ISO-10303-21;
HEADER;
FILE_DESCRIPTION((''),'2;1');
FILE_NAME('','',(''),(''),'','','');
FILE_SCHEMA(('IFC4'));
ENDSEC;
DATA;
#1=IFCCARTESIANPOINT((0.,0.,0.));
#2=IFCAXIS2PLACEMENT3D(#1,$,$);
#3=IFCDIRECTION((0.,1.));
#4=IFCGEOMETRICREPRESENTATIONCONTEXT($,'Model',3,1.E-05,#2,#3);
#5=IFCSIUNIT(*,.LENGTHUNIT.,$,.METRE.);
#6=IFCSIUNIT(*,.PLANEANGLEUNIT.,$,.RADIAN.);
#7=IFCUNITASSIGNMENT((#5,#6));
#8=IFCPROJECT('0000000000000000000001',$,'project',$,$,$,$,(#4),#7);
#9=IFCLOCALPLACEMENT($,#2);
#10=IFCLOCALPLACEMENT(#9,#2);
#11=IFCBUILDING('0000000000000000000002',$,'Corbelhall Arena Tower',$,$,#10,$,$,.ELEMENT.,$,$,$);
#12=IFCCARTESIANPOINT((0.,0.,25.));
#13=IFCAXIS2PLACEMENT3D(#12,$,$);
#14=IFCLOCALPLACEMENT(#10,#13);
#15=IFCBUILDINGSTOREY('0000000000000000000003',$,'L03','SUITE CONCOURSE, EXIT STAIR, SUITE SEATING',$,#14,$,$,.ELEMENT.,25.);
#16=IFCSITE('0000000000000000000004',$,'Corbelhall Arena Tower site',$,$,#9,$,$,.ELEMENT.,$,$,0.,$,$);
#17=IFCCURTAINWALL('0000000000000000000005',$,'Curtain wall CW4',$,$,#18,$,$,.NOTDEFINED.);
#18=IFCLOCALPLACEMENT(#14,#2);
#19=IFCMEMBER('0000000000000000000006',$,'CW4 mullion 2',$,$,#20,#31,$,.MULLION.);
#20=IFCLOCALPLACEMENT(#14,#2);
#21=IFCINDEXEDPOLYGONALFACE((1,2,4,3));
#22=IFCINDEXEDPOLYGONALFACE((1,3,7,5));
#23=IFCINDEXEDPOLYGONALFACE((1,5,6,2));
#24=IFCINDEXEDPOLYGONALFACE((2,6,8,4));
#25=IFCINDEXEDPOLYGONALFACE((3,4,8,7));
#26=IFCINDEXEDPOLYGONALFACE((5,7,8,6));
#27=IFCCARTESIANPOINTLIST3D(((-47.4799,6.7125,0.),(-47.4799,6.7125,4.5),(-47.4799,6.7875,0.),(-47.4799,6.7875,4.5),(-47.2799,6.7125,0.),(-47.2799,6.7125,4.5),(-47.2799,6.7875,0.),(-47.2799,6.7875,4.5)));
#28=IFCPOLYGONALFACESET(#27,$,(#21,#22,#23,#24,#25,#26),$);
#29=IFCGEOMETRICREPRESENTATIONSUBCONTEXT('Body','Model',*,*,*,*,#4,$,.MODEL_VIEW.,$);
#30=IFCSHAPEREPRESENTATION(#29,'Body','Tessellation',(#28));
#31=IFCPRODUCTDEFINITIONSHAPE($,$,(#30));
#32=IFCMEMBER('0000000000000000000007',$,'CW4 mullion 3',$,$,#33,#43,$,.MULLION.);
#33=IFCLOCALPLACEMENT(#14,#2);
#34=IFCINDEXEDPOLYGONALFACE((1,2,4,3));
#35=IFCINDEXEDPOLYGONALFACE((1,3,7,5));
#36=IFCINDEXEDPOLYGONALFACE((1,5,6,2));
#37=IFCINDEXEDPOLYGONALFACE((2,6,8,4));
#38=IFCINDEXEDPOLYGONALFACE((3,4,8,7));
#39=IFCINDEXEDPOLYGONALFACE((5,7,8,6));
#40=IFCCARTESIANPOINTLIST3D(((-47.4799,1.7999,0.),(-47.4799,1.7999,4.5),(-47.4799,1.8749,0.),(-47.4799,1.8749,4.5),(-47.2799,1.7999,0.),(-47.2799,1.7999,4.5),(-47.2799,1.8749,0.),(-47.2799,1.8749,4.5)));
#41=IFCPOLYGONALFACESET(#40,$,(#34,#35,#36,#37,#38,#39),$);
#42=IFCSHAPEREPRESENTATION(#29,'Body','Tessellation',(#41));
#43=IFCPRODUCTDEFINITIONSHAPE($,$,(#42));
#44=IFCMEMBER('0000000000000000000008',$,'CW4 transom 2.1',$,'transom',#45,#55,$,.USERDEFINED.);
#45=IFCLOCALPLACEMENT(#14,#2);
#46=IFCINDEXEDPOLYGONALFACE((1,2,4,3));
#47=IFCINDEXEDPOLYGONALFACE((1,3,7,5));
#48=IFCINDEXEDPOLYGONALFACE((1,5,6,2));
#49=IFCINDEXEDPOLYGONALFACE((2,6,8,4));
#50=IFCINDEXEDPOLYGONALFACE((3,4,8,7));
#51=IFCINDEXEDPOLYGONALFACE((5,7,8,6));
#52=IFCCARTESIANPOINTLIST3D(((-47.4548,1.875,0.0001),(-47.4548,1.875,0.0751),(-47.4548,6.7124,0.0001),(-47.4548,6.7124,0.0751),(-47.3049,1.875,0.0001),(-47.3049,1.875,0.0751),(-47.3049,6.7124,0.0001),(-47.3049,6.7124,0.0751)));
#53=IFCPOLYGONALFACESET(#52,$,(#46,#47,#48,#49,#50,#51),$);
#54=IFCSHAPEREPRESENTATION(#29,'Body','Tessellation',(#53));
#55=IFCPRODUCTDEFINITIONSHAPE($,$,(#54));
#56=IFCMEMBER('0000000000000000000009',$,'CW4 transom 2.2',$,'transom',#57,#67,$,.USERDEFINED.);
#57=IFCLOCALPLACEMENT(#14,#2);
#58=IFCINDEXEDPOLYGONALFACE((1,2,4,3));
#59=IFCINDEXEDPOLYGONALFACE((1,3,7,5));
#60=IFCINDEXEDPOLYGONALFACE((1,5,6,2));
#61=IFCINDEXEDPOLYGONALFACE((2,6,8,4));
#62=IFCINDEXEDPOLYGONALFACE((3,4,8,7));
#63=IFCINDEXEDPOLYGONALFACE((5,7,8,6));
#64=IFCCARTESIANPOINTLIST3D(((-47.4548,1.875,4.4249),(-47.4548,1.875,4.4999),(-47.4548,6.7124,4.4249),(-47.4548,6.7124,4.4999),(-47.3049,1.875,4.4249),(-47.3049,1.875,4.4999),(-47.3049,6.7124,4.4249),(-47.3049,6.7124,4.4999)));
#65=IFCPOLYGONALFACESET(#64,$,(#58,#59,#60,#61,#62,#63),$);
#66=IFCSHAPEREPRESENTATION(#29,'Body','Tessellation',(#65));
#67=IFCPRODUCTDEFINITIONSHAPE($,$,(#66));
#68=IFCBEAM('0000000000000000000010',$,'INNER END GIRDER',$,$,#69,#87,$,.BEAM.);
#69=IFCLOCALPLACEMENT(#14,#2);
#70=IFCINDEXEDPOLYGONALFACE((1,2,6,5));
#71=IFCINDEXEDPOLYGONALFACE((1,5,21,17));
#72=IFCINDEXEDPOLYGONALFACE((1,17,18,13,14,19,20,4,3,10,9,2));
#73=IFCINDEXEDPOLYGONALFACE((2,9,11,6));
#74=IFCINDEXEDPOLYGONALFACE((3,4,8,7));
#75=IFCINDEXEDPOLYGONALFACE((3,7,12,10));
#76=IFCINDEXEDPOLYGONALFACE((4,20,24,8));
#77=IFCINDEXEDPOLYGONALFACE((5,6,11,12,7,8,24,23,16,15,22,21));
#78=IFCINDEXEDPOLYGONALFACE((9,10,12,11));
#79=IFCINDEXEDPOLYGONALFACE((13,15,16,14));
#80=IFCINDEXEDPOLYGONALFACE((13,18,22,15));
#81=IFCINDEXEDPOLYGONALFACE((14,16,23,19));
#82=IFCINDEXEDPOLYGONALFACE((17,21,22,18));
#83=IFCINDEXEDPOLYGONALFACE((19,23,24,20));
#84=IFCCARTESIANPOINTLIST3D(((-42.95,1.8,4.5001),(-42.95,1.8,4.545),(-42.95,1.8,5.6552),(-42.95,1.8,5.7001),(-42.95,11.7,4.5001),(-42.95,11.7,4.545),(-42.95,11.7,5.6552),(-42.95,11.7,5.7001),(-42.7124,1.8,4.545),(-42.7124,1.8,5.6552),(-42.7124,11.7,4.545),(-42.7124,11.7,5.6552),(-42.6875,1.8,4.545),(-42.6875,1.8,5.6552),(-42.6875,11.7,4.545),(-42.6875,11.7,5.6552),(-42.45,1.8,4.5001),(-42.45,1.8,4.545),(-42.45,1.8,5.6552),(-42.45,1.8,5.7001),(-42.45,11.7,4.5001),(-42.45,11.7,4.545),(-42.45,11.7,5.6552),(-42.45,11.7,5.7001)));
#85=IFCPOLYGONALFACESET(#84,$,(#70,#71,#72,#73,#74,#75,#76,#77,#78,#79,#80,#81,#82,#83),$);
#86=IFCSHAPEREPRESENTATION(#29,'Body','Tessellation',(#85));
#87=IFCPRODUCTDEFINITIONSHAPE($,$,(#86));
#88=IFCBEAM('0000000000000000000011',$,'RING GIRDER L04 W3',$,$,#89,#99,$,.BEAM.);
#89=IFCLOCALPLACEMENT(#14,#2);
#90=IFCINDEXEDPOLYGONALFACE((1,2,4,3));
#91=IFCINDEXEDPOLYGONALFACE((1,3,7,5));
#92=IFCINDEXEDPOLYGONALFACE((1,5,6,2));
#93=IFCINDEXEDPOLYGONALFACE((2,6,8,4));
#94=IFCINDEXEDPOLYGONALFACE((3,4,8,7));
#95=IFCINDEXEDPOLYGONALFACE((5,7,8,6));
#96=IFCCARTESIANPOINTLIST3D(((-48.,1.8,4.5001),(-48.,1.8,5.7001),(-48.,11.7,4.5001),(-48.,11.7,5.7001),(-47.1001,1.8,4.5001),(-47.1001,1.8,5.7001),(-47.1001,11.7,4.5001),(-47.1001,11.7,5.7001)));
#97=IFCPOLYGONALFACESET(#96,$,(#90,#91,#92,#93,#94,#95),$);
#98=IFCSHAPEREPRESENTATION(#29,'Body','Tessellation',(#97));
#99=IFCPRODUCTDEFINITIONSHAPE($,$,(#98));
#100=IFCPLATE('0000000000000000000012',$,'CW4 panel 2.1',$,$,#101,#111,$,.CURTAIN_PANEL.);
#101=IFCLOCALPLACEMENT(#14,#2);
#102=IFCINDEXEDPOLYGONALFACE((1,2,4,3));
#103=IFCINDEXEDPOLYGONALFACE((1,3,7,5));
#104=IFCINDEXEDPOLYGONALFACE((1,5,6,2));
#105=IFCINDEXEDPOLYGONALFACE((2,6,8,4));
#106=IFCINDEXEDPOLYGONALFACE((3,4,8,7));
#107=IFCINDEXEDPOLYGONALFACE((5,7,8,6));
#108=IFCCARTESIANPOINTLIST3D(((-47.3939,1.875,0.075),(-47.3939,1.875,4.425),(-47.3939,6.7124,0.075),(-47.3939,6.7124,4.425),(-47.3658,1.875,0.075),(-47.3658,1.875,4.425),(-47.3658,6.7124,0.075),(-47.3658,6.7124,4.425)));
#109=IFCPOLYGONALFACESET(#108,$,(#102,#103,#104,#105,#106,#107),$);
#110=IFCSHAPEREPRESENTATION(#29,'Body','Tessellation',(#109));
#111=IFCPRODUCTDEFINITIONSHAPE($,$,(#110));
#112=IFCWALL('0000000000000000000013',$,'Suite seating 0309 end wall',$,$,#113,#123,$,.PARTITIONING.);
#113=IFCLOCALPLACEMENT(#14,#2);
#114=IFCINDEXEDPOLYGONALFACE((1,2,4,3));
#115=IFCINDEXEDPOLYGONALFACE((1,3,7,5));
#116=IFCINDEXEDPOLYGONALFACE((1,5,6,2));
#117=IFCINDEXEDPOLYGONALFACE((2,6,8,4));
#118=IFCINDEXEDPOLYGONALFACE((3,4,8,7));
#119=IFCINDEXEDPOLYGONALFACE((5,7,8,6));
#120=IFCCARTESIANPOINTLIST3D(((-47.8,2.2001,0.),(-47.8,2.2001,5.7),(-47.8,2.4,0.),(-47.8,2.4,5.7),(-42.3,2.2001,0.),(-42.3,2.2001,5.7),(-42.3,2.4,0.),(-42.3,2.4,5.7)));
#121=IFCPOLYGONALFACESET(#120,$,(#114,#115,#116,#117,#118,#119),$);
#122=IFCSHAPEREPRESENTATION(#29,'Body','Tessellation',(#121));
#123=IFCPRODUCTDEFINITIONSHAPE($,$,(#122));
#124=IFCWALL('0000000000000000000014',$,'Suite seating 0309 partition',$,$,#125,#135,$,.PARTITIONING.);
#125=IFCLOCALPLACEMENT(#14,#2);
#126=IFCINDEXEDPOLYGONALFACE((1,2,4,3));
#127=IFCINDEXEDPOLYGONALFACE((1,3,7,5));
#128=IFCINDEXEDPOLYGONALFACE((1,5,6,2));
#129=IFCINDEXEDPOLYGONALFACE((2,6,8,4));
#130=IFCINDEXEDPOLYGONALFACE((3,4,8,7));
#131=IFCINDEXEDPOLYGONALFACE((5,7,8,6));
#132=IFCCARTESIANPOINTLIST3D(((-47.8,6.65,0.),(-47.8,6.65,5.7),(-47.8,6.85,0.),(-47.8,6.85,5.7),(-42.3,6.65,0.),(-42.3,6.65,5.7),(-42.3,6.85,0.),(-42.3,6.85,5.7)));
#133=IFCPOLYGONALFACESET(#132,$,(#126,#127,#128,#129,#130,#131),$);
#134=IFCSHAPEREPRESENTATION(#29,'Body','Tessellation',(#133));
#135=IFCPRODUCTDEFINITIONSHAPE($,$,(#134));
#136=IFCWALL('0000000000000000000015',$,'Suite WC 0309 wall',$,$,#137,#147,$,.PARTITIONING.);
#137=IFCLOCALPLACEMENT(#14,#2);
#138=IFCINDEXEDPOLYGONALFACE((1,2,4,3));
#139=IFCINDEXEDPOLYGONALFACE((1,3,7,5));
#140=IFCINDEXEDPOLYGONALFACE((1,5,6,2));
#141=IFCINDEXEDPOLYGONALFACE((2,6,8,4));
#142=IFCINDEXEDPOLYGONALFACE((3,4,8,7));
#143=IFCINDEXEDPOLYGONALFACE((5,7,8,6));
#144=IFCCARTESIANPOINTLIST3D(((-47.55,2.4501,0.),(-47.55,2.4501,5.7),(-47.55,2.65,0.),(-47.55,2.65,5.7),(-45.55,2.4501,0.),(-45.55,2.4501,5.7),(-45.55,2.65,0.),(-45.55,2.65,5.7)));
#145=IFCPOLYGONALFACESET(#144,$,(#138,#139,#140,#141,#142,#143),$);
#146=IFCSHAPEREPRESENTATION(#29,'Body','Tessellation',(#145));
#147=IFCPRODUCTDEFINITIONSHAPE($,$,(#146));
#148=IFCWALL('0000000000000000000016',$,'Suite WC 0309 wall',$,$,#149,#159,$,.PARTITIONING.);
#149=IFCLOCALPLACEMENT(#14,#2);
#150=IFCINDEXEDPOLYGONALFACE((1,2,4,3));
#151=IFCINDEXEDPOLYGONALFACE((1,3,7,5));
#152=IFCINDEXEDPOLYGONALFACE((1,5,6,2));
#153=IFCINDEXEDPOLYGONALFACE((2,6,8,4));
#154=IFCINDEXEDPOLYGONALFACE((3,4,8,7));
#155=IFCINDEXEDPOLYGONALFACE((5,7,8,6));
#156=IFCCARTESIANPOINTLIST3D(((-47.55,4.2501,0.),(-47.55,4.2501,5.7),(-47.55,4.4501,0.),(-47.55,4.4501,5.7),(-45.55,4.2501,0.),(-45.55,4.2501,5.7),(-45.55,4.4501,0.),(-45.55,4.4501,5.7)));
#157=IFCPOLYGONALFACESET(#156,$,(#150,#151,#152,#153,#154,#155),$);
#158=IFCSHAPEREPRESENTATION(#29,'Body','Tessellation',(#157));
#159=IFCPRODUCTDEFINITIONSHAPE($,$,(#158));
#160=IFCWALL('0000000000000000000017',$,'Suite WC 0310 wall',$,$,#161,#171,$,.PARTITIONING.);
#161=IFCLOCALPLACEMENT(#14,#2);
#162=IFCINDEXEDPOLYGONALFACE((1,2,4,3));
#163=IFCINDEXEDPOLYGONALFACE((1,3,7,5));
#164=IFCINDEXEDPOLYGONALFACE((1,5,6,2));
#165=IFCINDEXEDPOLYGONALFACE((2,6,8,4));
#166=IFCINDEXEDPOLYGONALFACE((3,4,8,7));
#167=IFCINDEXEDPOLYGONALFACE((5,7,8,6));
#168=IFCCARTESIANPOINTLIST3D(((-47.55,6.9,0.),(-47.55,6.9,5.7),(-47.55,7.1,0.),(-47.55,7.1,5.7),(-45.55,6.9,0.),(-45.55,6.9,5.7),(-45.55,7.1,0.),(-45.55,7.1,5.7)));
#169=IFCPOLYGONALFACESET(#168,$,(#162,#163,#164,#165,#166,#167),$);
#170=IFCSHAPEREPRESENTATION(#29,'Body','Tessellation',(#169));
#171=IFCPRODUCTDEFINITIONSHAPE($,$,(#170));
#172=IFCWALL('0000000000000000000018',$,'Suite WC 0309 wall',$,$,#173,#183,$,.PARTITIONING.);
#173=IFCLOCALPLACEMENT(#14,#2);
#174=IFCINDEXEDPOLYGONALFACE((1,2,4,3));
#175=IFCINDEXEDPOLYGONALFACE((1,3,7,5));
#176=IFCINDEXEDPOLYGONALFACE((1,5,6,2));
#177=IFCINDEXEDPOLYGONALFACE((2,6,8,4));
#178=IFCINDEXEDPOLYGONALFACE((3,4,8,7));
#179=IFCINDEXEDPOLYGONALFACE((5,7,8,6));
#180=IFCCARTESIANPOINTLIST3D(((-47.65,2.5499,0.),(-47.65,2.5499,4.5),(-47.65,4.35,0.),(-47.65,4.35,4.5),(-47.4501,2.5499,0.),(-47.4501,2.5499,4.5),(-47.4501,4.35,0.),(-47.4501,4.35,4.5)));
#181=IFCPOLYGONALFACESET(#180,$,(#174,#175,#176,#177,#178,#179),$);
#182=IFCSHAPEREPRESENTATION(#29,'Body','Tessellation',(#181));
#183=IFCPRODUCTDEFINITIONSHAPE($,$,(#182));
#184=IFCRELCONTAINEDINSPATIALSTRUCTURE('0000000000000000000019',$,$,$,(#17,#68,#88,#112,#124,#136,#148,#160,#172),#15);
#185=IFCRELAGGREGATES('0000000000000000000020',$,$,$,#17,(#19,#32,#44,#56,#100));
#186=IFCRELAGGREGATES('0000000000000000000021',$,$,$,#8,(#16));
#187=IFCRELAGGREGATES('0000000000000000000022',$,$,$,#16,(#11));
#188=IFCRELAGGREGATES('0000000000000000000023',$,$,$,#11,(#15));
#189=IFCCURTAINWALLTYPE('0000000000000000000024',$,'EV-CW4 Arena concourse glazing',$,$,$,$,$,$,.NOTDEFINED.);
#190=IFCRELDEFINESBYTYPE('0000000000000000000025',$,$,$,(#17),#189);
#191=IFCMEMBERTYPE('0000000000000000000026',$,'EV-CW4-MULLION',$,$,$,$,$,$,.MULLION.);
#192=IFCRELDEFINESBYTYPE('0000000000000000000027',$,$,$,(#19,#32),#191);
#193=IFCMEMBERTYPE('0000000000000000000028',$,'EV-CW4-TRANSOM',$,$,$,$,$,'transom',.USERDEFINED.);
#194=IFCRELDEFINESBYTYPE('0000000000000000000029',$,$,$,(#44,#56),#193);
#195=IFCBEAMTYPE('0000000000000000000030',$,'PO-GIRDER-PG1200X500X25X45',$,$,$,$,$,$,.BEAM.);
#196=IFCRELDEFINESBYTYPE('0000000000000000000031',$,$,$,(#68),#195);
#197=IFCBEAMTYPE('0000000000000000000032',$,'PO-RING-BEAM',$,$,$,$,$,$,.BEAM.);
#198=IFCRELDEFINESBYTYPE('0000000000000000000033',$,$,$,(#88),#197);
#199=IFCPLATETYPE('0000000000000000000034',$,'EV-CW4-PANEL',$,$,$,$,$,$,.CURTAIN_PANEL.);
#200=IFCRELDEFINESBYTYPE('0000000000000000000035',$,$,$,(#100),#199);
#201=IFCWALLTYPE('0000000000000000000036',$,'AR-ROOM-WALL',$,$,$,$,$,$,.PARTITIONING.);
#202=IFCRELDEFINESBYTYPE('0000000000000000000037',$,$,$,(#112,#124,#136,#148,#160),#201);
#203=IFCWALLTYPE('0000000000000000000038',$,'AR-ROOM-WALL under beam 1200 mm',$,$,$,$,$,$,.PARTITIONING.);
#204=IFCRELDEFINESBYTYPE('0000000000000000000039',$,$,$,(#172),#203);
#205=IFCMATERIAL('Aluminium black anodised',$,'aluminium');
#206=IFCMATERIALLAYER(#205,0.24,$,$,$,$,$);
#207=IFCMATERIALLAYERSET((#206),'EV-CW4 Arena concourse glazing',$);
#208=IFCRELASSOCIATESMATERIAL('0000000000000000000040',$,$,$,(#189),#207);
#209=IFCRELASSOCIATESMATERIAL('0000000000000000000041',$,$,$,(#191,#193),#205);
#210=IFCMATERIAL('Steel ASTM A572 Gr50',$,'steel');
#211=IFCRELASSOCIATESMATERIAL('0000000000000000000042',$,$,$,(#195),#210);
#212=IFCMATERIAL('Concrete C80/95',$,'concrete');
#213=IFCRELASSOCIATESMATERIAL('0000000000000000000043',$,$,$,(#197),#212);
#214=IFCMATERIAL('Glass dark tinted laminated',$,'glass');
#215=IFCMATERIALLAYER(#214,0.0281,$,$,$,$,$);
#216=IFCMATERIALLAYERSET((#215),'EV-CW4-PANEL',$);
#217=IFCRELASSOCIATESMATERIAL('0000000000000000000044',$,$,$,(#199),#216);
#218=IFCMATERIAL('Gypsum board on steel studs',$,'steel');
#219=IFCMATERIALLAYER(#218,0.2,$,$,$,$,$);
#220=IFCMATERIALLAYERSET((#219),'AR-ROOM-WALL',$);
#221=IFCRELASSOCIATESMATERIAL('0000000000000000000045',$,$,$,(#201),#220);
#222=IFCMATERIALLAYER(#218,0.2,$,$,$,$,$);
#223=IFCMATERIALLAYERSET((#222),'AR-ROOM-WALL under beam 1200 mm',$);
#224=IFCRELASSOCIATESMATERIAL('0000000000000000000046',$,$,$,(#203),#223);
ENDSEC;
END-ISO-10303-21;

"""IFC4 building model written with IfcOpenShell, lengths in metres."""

from ifc_helpers import new_model, si_unit, direction, frame, frame_2d, origin, origin_2d, place, context, subcontext, project, spatial, rectangle, i_section, extrude, material, layer, layer_set, material_profile, profile_set, type_object, element, aggregate, save


model = new_model("IFC4")

# Units and contexts
model_context = context("Model", 3, precision=1e-05, world=origin(), true_north=direction((0.0, 1.0)))
body_context = subcontext(model_context, "Body", "Model", "MODEL_VIEW")
ifc_project = project(units=[si_unit("LENGTHUNIT", "METRE"), si_unit("PLANEANGLEUNIT", "RADIAN")], contexts=[model_context])

# Site, building, storey
site_placement = place(None, origin())
site = spatial("IfcSite", under=ifc_project, at=site_placement, Name="Corbelhall Arena Tower site", CompositionType="ELEMENT", RefElevation=0.0)
building_placement = place(site_placement, origin())
building = spatial("IfcBuilding", under=site, at=building_placement, Name="Corbelhall Arena Tower", CompositionType="ELEMENT")
storey_placement = place(building_placement, frame((0.0, 0.0, 25.0)))
storey = spatial("IfcBuildingStorey", under=building, at=storey_placement, Name="L03", Description="SUITE CONCOURSE, EXIT STAIR, SUITE SEATING", CompositionType="ELEMENT", Elevation=25.0)

# Curtain wall, members
ifc_material_1 = material(Name="Aluminium black anodised", Category="aluminium")
ifc_layer_1 = layer(ifc_material_1, 0.24)
ifc_layer_set_1 = layer_set([ifc_layer_1], Name="EV-CW4 Arena concourse glazing")
curtain_wall_type = type_object("IfcCurtainWallType", Name="EV-CW4 Arena concourse glazing", PredefinedType="NOTDEFINED", material=ifc_layer_set_1)
curtain_wall_placement = place(storey_placement, origin())
curtain_wall = element("IfcCurtainWall", 1, at=curtain_wall_placement, inside=storey, type_object=curtain_wall_type, Name="Curtain wall CW4", PredefinedType="NOTDEFINED")
ifc_material_profile_1 = material_profile(ifc_material_1, rectangle(XDim=0.2, YDim=0.075, at=origin_2d()))
ifc_profile_set_1 = profile_set([ifc_material_profile_1], Name="Aluminium black anodised")
member_type_1 = type_object("IfcMemberType", Name="EV-CW4-MULLION", PredefinedType="MULLION", material=ifc_profile_set_1)
member_1_placement = place(storey_placement, frame((-47.3799, 6.75, 0.0), z_axis=(0.0, 0.0, 1.0), x_axis=(1.0, 0.0, 0.0)))
member_1 = element("IfcMember", 2, at=member_1_placement, type_object=member_type_1, Name="CW4 mullion 2", PredefinedType="MULLION", context=body_context, shape_type="SweptSolid", body=[
    extrude(rectangle(XDim=0.2, YDim=0.075, at=origin_2d()), origin(), (0.0, 0.0, 1.0), 4.5),
])
member_2_placement = place(storey_placement, frame((-47.3799, 1.8374, 0.0), z_axis=(0.0, 0.0, 1.0), x_axis=(1.0, 0.0, 0.0)))
member_2 = element("IfcMember", 3, at=member_2_placement, type_object=member_type_1, Name="CW4 mullion 3", PredefinedType="MULLION", context=body_context, shape_type="SweptSolid", body=[
    extrude(rectangle(XDim=0.2, YDim=0.075, at=origin_2d()), origin(), (0.0, 0.0, 1.0), 4.5),
])
ifc_material_profile_2 = material_profile(ifc_material_1, rectangle(XDim=0.1499, YDim=0.075, at=origin_2d()))
ifc_profile_set_2 = profile_set([ifc_material_profile_2], Name="Aluminium black anodised")
member_type_2 = type_object("IfcMemberType", Name="EV-CW4-TRANSOM", ElementType="transom", PredefinedType="USERDEFINED", material=ifc_profile_set_2)
member_3_placement = place(storey_placement, frame((-47.3799, 6.7124, 0.0376), z_axis=(0.0, -1.0, 0.0), x_axis=(1.0, 0.0, 0.0)))
member_3 = element("IfcMember", 4, at=member_3_placement, type_object=member_type_2, Name="CW4 transom 2.1", ObjectType="transom", PredefinedType="USERDEFINED", context=body_context, shape_type="SweptSolid", body=[
    extrude(rectangle(XDim=0.1499, YDim=0.075, at=origin_2d()), origin(), (0.0, 0.0, 1.0), 4.8374),
])
member_4_placement = place(storey_placement, frame((-47.3799, 6.7124, 4.4624), z_axis=(0.0, -1.0, 0.0), x_axis=(1.0, 0.0, 0.0)))
member_4 = element("IfcMember", 5, at=member_4_placement, type_object=member_type_2, Name="CW4 transom 2.2", ObjectType="transom", PredefinedType="USERDEFINED", context=body_context, shape_type="SweptSolid", body=[
    extrude(rectangle(XDim=0.1499, YDim=0.075, at=origin_2d()), origin(), (0.0, 0.0, 1.0), 4.8374),
])

# Beams
ifc_material_2 = material(Name="Steel ASTM A572 Gr50", Category="steel")
ifc_material_profile_3 = material_profile(ifc_material_2, i_section(OverallWidth=0.5, OverallDepth=1.2, WebThickness=0.0249, FlangeThickness=0.0449, at=origin_2d()))
ifc_profile_set_3 = profile_set([ifc_material_profile_3], Name="Steel ASTM A572 Gr50")
beam_type_1 = type_object("IfcBeamType", Name="PO-GIRDER-PG1200X500X25X45", PredefinedType="BEAM", material=ifc_profile_set_3)
beam_1_placement = place(storey_placement, frame((-42.7, 1.8, 5.1001), z_axis=(0.0, 1.0, 0.0), x_axis=(-1.0, 0.0, 0.0)))
element("IfcBeam", 6, at=beam_1_placement, inside=storey, type_object=beam_type_1, Name="INNER END GIRDER", PredefinedType="BEAM", context=body_context, shape_type="SweptSolid", body=[
    extrude(i_section(OverallWidth=0.5, OverallDepth=1.2, WebThickness=0.0249, FlangeThickness=0.0449, at=origin_2d()), origin(), (0.0, 0.0, 1.0), 9.8999),
])
ifc_material_3 = material(Name="Concrete C80/95", Category="concrete")
ifc_material_profile_4 = material_profile(ifc_material_3, rectangle(XDim=0.8999, YDim=1.2, at=origin_2d()))
ifc_profile_set_4 = profile_set([ifc_material_profile_4], Name="Concrete C80/95")
beam_type_2 = type_object("IfcBeamType", Name="PO-RING-BEAM", PredefinedType="BEAM", material=ifc_profile_set_4)
beam_2_placement = place(storey_placement, frame((-47.55, 1.8, 5.1001), z_axis=(0.0, 1.0, 0.0), x_axis=(-1.0, 0.0, 0.0)))
element("IfcBeam", 7, at=beam_2_placement, inside=storey, type_object=beam_type_2, Name="RING GIRDER L04 W3", PredefinedType="BEAM", context=body_context, shape_type="SweptSolid", body=[
    extrude(rectangle(XDim=0.8999, YDim=1.2, at=origin_2d()), origin(), (0.0, 0.0, 1.0), 9.8999),
])

# Plate
ifc_material_4 = material(Name="Glass dark tinted laminated", Category="glass")
ifc_layer_2 = layer(ifc_material_4, 0.0281)
ifc_layer_set_2 = layer_set([ifc_layer_2], Name="EV-CW4-PANEL")
plate_type = type_object("IfcPlateType", Name="EV-CW4-PANEL", PredefinedType="CURTAIN_PANEL", material=ifc_layer_set_2)
plate_placement = place(storey_placement, frame((-47.3799, 4.2937, 0.075), z_axis=(0.0, 0.0, 1.0), x_axis=(0.0, -1.0, 0.0)))
plate = element("IfcPlate", 8, at=plate_placement, type_object=plate_type, Name="CW4 panel 2.1", PredefinedType="CURTAIN_PANEL", context=body_context, shape_type="SweptSolid", body=[
    extrude(rectangle(XDim=4.8374, YDim=0.0281, at=origin_2d()), origin(), (0.0, 0.0, 1.0), 4.3501),
])
aggregate(curtain_wall, [member_1, member_2, member_3, member_4, plate])

# Shared definitions
ifc_material_5 = material(Name="Gypsum board on steel studs", Category="steel")
ifc_layer_3 = layer(ifc_material_5, 0.2)
ifc_layer_set_3 = layer_set([ifc_layer_3], Name="AR-ROOM-WALL")
wall_type_1 = type_object("IfcWallType", Name="AR-ROOM-WALL", PredefinedType="PARTITIONING", material=ifc_layer_set_3)

# Walls
for number, where, z_axis, x_axis, name in (
    (9, (-42.3, 2.3, 0.0), (0.0, 0.0, 1.0), (-1.0, 0.0, 0.0), "Suite seating 0309 end wall"),
    (10, (-47.8, 6.75, 0.0), (0.0, 0.0, 1.0), (1.0, 0.0, 0.0), "Suite seating 0309 partition"),
):
    element("IfcWall", number, at=place(storey_placement, frame(where, z_axis=z_axis, x_axis=x_axis)), inside=storey, type_object=wall_type_1, Name=name, PredefinedType="PARTITIONING", context=body_context, shape_type="SweptSolid", body=[
        extrude(rectangle(XDim=5.5, YDim=0.2, at=frame_2d((2.75, 0.0))), origin(), (0.0, 0.0, 1.0), 5.7),
    ])
for number, where, z_axis, x_axis, name in (
    (11, (-47.55, 2.55, 0.0), (0.0, 0.0, 1.0), (1.0, 0.0, 0.0), "Suite WC 0309 wall"),
    (12, (-45.55, 4.3501, 0.0), (0.0, 0.0, 1.0), (-1.0, 0.0, 0.0), "Suite WC 0309 wall"),
):
    element("IfcWall", number, at=place(storey_placement, frame(where, z_axis=z_axis, x_axis=x_axis)), inside=storey, type_object=wall_type_1, Name=name, PredefinedType="PARTITIONING", context=body_context, shape_type="SweptSolid", body=[
        extrude(rectangle(XDim=2.0, YDim=0.2, at=frame_2d((1.0, 0.0))), origin(), (0.0, 0.0, 1.0), 5.7),
    ])

# Wall
wall_1_placement = place(storey_placement, frame((-47.55, 7.0, 0.0), z_axis=(0.0, 0.0, 1.0), x_axis=(1.0, 0.0, 0.0)))
element("IfcWall", 13, at=wall_1_placement, inside=storey, type_object=wall_type_1, Name="Suite WC 0310 wall", PredefinedType="PARTITIONING", context=body_context, shape_type="SweptSolid", body=[
    extrude(rectangle(XDim=2.0, YDim=0.2, at=frame_2d((1.0, 0.0))), origin(), (0.0, 0.0, 1.0), 5.7),
])

# Wall
ifc_layer_4 = layer(ifc_material_5, 0.2)
ifc_layer_set_4 = layer_set([ifc_layer_4], Name="AR-ROOM-WALL under beam 1200 mm")
wall_type_2 = type_object("IfcWallType", Name="AR-ROOM-WALL under beam 1200 mm", PredefinedType="PARTITIONING", material=ifc_layer_set_4)
for number, where, z_axis, x_axis, name in (
    (14, (-47.55, 2.55, 0.0), (0.0, 0.0, 1.0), (0.0, 1.0, 0.0), "Suite WC 0309 wall"),
):
    element("IfcWall", number, at=place(storey_placement, frame(where, z_axis=z_axis, x_axis=x_axis)), inside=storey, type_object=wall_type_2, Name=name, PredefinedType="PARTITIONING", context=body_context, shape_type="SweptSolid", body=[
        extrude(rectangle(XDim=1.8, YDim=0.2, at=frame_2d((0.8999, 0.0))), origin(), (0.0, 0.0, 1.0), 4.5),
    ])

save(model, "model.ifc")
